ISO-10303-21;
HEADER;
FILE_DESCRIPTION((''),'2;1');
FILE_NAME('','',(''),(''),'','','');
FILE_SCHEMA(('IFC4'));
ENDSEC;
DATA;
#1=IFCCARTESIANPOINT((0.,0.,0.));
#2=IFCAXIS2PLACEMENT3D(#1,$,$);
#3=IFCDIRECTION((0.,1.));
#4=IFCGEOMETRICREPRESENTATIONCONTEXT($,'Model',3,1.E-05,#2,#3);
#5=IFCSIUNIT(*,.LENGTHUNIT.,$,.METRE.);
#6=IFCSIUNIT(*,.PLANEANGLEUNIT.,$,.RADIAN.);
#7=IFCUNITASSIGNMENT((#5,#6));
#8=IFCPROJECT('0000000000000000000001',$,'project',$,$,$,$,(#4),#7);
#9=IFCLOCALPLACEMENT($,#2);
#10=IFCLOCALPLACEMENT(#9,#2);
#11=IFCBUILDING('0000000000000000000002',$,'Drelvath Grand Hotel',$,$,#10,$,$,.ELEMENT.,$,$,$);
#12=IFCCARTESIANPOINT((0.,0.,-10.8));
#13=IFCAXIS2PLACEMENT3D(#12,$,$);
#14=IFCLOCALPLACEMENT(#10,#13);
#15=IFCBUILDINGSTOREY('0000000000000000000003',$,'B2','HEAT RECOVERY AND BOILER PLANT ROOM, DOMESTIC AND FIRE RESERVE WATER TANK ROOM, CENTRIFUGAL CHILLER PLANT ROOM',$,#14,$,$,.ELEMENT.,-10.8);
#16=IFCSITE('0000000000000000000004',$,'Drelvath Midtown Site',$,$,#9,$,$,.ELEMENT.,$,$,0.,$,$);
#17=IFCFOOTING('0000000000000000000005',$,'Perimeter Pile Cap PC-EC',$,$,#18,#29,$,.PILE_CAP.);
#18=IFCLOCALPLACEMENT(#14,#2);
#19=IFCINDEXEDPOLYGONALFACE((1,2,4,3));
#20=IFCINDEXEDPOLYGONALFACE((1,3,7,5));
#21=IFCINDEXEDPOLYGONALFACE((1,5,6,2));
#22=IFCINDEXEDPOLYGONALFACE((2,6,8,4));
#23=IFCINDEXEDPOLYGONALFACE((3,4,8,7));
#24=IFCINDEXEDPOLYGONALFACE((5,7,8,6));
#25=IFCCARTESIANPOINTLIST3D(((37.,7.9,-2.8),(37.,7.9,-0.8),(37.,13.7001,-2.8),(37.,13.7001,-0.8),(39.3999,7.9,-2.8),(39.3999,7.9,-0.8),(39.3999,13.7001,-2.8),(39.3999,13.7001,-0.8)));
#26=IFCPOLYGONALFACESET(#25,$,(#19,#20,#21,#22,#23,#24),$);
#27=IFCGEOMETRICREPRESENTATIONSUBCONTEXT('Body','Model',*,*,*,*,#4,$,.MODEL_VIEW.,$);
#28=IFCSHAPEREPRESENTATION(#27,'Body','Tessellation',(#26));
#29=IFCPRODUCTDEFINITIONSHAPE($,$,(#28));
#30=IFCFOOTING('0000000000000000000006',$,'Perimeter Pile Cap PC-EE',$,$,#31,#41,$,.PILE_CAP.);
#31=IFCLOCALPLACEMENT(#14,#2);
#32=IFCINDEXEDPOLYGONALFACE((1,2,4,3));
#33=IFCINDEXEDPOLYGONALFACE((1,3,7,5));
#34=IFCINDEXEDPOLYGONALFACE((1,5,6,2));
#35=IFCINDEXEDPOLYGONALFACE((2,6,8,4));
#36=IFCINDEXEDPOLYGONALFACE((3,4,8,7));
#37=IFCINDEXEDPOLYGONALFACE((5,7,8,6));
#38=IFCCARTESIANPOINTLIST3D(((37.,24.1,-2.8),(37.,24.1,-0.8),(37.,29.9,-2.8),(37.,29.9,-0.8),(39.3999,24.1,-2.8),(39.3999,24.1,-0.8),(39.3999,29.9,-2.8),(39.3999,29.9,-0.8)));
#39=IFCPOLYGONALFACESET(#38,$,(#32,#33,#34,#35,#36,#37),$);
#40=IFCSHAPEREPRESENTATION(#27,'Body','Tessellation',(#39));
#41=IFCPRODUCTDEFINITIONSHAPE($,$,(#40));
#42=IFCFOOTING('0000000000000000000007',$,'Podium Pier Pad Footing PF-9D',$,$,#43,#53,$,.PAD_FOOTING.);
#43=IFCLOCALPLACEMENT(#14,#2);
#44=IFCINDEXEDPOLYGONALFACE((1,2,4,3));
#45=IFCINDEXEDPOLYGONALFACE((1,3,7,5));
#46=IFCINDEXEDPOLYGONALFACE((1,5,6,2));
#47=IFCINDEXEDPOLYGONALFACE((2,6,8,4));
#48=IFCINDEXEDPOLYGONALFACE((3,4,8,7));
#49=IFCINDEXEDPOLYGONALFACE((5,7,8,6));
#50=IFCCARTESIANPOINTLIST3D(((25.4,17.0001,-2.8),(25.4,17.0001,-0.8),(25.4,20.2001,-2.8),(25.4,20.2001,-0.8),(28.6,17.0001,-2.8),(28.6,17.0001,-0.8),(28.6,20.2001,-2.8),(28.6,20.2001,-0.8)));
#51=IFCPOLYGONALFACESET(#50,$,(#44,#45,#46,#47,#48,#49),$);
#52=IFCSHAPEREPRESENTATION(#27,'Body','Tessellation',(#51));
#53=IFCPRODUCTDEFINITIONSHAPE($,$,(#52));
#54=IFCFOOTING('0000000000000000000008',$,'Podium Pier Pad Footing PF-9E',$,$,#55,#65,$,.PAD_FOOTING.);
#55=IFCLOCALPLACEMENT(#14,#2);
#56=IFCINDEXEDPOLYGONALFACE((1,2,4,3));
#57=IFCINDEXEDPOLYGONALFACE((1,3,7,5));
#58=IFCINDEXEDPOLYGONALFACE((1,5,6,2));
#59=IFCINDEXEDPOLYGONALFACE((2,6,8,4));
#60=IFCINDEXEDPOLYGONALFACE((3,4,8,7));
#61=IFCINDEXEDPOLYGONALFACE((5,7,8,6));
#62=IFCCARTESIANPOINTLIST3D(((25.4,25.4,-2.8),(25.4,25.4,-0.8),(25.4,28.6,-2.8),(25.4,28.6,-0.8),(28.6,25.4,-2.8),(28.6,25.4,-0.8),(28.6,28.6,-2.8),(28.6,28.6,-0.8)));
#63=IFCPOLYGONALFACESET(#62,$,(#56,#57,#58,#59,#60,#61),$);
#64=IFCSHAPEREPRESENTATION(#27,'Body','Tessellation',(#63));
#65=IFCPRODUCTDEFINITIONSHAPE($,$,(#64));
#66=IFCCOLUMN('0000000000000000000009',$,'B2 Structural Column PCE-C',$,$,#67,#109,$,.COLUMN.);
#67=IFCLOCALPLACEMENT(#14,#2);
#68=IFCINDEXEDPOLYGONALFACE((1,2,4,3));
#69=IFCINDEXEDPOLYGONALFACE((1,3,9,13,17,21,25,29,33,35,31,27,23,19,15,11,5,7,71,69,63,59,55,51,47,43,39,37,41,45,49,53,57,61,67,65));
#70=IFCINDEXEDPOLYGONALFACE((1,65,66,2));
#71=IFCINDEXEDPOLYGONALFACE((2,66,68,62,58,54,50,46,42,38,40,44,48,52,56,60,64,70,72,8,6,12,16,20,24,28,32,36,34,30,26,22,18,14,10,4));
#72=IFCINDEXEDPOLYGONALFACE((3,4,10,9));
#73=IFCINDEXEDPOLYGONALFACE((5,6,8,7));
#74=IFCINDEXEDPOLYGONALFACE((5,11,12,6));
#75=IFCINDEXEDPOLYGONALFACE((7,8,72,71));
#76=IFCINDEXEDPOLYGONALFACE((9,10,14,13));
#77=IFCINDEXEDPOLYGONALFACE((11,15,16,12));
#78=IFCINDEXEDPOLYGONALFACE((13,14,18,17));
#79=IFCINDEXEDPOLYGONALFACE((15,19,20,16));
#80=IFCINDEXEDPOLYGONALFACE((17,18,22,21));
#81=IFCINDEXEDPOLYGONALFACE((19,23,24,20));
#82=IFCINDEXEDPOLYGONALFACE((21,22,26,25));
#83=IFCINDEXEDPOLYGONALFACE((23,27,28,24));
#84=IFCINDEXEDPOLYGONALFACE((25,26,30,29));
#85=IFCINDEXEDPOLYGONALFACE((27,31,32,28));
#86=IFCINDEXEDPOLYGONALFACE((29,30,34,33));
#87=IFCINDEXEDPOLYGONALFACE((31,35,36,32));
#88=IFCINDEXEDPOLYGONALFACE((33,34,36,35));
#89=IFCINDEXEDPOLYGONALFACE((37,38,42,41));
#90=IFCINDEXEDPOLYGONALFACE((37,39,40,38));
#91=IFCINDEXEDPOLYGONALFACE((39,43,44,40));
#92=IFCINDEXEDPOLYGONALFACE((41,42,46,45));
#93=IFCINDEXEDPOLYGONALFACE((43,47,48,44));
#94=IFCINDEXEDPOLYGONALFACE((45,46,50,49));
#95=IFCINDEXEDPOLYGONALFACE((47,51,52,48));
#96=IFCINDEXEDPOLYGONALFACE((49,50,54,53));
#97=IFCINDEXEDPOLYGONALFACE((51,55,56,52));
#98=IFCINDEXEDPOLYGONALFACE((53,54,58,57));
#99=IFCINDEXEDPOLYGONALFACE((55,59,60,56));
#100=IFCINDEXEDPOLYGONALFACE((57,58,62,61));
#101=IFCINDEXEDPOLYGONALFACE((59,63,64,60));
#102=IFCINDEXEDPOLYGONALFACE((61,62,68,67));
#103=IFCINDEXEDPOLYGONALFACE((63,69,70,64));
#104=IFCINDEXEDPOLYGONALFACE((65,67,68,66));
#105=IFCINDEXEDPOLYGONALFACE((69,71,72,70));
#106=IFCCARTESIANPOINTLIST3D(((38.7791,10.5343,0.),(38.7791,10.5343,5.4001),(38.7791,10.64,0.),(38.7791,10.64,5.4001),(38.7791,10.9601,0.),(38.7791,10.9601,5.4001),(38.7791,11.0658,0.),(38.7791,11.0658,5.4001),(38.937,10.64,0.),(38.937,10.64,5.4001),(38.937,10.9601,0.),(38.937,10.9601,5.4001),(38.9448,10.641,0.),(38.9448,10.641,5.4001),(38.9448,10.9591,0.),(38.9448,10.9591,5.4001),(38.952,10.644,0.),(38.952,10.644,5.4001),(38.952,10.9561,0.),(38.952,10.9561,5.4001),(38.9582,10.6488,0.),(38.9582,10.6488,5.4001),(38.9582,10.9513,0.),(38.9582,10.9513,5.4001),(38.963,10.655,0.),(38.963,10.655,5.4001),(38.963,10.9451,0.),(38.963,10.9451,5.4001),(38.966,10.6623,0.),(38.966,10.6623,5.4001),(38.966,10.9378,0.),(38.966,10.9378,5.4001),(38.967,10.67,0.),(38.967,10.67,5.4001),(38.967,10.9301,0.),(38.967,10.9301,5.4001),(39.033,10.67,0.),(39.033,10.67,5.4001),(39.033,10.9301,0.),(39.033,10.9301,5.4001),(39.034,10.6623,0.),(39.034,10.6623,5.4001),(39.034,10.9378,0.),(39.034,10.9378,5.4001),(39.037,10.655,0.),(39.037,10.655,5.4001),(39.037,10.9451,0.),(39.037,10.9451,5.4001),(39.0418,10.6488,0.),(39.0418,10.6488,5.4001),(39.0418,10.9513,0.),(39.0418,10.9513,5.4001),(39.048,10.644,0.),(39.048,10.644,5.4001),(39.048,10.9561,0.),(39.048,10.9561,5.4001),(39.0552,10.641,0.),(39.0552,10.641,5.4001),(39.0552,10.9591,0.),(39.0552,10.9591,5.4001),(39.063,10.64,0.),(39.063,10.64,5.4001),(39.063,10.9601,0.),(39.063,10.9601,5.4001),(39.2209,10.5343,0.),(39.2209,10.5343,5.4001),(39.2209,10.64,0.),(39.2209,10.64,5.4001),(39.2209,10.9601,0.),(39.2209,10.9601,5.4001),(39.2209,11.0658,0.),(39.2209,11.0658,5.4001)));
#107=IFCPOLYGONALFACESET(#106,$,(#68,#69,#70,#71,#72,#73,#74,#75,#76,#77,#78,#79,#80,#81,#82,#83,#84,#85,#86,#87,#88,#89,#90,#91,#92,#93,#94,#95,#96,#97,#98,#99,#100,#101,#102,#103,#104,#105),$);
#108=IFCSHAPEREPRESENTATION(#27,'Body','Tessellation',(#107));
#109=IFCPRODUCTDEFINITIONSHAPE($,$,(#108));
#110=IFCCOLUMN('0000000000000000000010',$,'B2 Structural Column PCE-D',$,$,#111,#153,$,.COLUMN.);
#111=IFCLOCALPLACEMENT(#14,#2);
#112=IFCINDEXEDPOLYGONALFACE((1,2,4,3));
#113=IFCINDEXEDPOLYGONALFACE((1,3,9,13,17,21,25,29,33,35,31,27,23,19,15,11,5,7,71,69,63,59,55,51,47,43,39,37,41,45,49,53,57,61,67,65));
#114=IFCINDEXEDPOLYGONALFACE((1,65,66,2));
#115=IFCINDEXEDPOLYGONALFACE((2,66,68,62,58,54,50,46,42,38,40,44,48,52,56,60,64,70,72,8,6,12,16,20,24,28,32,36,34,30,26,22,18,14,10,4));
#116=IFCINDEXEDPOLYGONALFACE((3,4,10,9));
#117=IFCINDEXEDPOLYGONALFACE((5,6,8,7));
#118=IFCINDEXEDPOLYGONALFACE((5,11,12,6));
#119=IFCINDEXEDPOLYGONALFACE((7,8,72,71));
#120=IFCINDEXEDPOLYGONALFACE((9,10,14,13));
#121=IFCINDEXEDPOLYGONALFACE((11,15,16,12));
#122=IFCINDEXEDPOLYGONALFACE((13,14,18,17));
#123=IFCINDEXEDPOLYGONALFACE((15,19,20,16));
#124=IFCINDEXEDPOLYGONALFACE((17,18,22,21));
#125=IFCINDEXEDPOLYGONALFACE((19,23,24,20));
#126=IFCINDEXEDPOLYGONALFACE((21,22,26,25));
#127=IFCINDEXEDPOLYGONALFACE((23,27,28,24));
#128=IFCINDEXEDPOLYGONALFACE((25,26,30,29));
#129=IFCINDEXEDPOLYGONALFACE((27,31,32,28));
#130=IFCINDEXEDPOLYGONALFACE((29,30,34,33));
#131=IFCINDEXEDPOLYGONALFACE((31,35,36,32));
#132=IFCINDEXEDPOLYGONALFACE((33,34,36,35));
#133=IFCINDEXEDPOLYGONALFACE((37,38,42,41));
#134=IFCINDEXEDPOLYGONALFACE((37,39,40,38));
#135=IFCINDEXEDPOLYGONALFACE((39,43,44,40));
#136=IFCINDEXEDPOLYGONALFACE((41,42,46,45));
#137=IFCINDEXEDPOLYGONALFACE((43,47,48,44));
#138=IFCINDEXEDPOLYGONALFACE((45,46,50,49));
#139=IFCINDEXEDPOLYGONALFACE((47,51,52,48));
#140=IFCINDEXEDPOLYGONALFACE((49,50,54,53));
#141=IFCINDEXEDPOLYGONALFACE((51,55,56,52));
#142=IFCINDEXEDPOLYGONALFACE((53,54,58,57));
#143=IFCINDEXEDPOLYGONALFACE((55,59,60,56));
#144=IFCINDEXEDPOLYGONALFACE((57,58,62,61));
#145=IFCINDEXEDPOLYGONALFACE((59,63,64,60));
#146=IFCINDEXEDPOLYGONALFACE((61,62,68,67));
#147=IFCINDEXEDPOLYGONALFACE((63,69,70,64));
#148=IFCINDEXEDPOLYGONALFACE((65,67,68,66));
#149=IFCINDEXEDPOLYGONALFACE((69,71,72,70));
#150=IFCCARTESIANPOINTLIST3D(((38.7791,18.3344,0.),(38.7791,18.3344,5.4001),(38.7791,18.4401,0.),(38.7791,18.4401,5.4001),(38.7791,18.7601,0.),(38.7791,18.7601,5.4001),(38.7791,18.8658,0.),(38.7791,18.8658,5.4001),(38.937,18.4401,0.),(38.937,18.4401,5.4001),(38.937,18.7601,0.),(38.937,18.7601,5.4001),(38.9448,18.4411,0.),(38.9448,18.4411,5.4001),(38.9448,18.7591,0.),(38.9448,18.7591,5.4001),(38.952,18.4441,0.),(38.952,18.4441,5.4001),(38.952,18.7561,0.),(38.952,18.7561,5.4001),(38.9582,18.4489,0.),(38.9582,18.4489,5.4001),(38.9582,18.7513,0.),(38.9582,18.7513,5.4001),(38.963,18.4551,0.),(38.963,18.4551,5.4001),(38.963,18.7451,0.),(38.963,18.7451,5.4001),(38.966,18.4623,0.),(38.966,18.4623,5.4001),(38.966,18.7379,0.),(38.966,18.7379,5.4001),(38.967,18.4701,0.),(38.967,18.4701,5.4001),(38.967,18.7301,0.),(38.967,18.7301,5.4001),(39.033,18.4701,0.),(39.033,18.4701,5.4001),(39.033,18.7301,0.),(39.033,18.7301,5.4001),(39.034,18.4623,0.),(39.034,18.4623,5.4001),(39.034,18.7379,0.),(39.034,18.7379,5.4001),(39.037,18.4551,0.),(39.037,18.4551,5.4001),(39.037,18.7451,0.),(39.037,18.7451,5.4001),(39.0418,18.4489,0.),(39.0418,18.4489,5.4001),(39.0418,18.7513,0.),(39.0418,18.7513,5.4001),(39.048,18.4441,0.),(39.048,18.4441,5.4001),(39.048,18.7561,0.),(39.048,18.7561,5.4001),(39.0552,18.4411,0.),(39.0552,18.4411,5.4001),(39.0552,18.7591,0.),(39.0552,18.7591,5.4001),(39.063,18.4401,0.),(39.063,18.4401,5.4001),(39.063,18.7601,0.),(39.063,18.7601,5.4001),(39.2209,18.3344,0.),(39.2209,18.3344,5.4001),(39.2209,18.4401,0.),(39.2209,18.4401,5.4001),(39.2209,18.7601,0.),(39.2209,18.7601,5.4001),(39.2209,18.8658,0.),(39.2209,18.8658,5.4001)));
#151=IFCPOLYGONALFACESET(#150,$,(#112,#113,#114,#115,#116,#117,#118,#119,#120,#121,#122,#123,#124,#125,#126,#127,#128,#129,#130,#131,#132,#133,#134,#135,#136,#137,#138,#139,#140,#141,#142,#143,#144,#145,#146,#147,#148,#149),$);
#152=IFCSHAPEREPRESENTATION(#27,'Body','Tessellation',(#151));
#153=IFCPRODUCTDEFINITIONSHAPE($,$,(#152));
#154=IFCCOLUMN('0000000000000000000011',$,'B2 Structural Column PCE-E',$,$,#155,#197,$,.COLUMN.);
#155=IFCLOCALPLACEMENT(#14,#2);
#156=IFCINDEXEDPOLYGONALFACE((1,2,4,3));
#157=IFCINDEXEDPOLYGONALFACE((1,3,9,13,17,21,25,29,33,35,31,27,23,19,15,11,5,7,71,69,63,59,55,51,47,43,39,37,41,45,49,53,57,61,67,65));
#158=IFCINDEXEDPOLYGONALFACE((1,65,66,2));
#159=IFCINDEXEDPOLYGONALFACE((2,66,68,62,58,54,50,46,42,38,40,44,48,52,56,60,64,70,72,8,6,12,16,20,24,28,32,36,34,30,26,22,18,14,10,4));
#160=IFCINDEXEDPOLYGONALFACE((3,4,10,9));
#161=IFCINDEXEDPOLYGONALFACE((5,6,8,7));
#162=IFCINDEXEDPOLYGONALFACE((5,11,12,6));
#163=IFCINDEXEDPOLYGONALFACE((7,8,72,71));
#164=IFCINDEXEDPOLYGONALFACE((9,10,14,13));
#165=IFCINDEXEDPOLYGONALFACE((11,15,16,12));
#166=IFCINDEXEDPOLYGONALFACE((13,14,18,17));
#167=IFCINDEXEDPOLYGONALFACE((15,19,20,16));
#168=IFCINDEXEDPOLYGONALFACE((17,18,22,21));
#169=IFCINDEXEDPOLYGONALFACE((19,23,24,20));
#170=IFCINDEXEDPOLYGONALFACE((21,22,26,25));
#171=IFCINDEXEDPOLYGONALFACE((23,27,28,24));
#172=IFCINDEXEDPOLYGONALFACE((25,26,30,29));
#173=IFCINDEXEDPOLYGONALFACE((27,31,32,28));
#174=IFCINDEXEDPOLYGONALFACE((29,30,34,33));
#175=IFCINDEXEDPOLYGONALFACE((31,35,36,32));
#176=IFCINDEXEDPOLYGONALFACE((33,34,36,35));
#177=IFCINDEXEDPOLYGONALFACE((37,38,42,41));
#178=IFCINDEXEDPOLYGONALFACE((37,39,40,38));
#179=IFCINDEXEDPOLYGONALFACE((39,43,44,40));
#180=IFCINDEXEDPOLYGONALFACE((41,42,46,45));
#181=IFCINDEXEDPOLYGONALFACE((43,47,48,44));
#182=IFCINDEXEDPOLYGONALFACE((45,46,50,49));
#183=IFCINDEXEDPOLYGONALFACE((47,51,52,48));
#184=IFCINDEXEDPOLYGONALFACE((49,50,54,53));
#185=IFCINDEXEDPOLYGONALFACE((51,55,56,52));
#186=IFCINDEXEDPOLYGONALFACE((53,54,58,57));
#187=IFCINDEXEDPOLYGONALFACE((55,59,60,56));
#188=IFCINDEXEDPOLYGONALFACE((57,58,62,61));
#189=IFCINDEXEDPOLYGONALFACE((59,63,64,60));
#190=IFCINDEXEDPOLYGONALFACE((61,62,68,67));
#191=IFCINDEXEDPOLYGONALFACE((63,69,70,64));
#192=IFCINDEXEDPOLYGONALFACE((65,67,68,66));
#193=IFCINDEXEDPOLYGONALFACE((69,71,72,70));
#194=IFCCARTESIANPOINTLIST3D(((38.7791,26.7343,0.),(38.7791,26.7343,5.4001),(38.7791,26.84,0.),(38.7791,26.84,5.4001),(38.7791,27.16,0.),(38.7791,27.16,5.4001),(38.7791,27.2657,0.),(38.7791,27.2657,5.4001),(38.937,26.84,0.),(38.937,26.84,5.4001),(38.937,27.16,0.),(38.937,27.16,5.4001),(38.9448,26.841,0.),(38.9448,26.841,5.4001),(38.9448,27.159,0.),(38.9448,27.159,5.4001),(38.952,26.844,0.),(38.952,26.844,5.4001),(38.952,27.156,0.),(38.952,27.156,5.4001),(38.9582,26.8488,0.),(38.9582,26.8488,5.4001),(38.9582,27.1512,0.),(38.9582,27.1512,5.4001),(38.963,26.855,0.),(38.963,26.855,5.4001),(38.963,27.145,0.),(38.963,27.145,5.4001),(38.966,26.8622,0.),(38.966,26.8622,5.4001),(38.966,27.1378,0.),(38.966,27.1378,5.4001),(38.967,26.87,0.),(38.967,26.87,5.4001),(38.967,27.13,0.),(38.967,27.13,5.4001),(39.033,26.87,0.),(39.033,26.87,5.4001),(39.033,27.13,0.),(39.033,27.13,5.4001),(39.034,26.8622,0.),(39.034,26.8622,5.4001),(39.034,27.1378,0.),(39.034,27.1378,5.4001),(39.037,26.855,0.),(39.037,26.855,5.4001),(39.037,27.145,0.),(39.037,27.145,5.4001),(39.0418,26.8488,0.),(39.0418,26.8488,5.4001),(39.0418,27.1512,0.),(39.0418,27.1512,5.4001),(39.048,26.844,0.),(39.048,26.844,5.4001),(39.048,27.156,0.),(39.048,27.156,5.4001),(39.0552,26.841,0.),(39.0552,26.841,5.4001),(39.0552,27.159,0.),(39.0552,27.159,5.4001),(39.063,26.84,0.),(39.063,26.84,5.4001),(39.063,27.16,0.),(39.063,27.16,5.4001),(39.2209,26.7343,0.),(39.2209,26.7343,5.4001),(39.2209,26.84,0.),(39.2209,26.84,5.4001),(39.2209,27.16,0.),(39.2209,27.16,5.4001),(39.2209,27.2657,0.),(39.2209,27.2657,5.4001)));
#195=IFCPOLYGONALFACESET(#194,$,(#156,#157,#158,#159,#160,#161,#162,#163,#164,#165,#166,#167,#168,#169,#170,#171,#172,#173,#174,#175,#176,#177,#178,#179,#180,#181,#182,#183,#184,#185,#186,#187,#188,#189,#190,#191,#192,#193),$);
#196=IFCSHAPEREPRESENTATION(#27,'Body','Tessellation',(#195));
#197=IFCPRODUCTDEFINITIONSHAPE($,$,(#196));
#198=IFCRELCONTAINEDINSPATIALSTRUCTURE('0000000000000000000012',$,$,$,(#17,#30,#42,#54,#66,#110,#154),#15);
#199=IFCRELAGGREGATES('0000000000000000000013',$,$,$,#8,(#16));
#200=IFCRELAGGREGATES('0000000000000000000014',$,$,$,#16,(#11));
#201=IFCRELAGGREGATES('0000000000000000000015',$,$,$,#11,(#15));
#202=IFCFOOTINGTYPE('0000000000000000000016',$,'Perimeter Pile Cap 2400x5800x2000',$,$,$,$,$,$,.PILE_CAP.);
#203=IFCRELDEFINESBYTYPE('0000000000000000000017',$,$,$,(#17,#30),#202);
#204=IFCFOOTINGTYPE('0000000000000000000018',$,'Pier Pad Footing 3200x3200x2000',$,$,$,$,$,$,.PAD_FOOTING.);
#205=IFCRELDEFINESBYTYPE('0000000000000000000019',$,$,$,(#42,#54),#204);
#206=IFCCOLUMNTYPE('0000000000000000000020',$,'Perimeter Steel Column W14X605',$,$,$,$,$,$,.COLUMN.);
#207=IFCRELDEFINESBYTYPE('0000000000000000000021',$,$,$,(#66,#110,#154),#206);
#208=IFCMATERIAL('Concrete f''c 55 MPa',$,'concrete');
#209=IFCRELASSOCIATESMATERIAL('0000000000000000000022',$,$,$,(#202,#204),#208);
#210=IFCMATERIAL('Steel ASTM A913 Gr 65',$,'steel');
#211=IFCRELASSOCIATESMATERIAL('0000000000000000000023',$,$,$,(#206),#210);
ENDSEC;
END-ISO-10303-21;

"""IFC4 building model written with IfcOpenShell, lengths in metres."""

from ifc_helpers import new_model, si_unit, direction, frame, origin, origin_2d, place, context, subcontext, project, spatial, rectangle, i_section, extrude, material, material_profile, profile_set, type_object, element, save


model = new_model("IFC4")

# Units and contexts
model_context = context("Model", 3, precision=1e-05, world=origin(), true_north=direction((0.0, 1.0)))
body_context = subcontext(model_context, "Body", "Model", "MODEL_VIEW")
ifc_project = project(units=[si_unit("LENGTHUNIT", "METRE"), si_unit("PLANEANGLEUNIT", "RADIAN")], contexts=[model_context])

# Site, building, storey
site_placement = place(None, origin())
site = spatial("IfcSite", under=ifc_project, at=site_placement, Name="Drelvath Midtown Site", CompositionType="ELEMENT", RefElevation=0.0)
building_placement = place(site_placement, origin())
building = spatial("IfcBuilding", under=site, at=building_placement, Name="Drelvath Grand Hotel", CompositionType="ELEMENT")
storey_placement = place(building_placement, frame((0.0, 0.0, -10.8)))
storey = spatial("IfcBuildingStorey", under=building, at=storey_placement, Name="B2", Description="HEAT RECOVERY AND BOILER PLANT ROOM, DOMESTIC AND FIRE RESERVE WATER TANK ROOM, CENTRIFUGAL CHILLER PLANT ROOM", CompositionType="ELEMENT", Elevation=-10.8)

# Shared definitions
ifc_material_1 = material(Name="Concrete f'c 55 MPa", Category="concrete")

# Footings
footing_type_1 = type_object("IfcFootingType", Name="Perimeter Pile Cap 2400x5800x2000", PredefinedType="PILE_CAP", material=ifc_material_1)
for number, where, z_axis, x_axis, name in (
    (1, (38.2, 10.8, -2.8), (0.0, 0.0, 1.0), (1.0, 0.0, 0.0), "Perimeter Pile Cap PC-EC"),
    (2, (38.2, 27.0, -2.8), (0.0, 0.0, 1.0), (1.0, 0.0, 0.0), "Perimeter Pile Cap PC-EE"),
):
    element("IfcFooting", number, at=place(storey_placement, frame(where, z_axis=z_axis, x_axis=x_axis)), inside=storey, type_object=footing_type_1, Name=name, PredefinedType="PILE_CAP", context=body_context, shape_type="SweptSolid", body=[
        extrude(rectangle(XDim=2.3999, YDim=5.8, at=origin_2d()), origin(), (0.0, 0.0, 1.0), 2.0),
    ])
footing_type_2 = type_object("IfcFootingType", Name="Pier Pad Footing 3200x3200x2000", PredefinedType="PAD_FOOTING", material=ifc_material_1)
for number, where, z_axis, x_axis, name in (
    (3, (27.0, 18.6001, -2.8), (0.0, 0.0, 1.0), (1.0, 0.0, 0.0), "Podium Pier Pad Footing PF-9D"),
    (4, (27.0, 27.0, -2.8), (0.0, 0.0, 1.0), (1.0, 0.0, 0.0), "Podium Pier Pad Footing PF-9E"),
):
    element("IfcFooting", number, at=place(storey_placement, frame(where, z_axis=z_axis, x_axis=x_axis)), inside=storey, type_object=footing_type_2, Name=name, PredefinedType="PAD_FOOTING", context=body_context, shape_type="SweptSolid", body=[
        extrude(rectangle(XDim=3.2, YDim=3.2, at=origin_2d()), origin(), (0.0, 0.0, 1.0), 2.0),
    ])

# Columns
ifc_material_2 = material(Name="Steel ASTM A913 Gr 65", Category="steel")
ifc_material_profile_1 = material_profile(ifc_material_2, i_section(OverallWidth=0.4419, OverallDepth=0.5315, WebThickness=0.0659, FlangeThickness=0.1057, FilletRadius=0.03, at=origin_2d()), Name="W14X605")
ifc_profile_set_1 = profile_set([ifc_material_profile_1], Name="Steel ASTM A913 Gr 65")
column_type_1 = type_object("IfcColumnType", Name="Perimeter Steel Column W14X605", PredefinedType="COLUMN", material=ifc_profile_set_1)
for number, where, z_axis, x_axis, name in (
    (5, (39.0, 10.8, 0.0), (0.0, 0.0, 1.0), (1.0, 0.0, 0.0), "B2 Structural Column PCE-C"),
    (6, (39.0, 18.6001, 0.0), (0.0, 0.0, 1.0), (1.0, 0.0, 0.0), "B2 Structural Column PCE-D"),
    (7, (39.0, 27.0, 0.0), (0.0, 0.0, 1.0), (1.0, 0.0, 0.0), "B2 Structural Column PCE-E"),
):
    element("IfcColumn", number, at=place(storey_placement, frame(where, z_axis=z_axis, x_axis=x_axis)), inside=storey, type_object=column_type_1, Name=name, PredefinedType="COLUMN", context=body_context, shape_type="SweptSolid", body=[
        extrude(i_section(OverallWidth=0.4419, OverallDepth=0.5315, WebThickness=0.0659, FlangeThickness=0.1057, FilletRadius=0.03, at=origin_2d()), origin(), (0.0, 0.0, 1.0), 5.4001),
    ])

save(model, "model.ifc")
